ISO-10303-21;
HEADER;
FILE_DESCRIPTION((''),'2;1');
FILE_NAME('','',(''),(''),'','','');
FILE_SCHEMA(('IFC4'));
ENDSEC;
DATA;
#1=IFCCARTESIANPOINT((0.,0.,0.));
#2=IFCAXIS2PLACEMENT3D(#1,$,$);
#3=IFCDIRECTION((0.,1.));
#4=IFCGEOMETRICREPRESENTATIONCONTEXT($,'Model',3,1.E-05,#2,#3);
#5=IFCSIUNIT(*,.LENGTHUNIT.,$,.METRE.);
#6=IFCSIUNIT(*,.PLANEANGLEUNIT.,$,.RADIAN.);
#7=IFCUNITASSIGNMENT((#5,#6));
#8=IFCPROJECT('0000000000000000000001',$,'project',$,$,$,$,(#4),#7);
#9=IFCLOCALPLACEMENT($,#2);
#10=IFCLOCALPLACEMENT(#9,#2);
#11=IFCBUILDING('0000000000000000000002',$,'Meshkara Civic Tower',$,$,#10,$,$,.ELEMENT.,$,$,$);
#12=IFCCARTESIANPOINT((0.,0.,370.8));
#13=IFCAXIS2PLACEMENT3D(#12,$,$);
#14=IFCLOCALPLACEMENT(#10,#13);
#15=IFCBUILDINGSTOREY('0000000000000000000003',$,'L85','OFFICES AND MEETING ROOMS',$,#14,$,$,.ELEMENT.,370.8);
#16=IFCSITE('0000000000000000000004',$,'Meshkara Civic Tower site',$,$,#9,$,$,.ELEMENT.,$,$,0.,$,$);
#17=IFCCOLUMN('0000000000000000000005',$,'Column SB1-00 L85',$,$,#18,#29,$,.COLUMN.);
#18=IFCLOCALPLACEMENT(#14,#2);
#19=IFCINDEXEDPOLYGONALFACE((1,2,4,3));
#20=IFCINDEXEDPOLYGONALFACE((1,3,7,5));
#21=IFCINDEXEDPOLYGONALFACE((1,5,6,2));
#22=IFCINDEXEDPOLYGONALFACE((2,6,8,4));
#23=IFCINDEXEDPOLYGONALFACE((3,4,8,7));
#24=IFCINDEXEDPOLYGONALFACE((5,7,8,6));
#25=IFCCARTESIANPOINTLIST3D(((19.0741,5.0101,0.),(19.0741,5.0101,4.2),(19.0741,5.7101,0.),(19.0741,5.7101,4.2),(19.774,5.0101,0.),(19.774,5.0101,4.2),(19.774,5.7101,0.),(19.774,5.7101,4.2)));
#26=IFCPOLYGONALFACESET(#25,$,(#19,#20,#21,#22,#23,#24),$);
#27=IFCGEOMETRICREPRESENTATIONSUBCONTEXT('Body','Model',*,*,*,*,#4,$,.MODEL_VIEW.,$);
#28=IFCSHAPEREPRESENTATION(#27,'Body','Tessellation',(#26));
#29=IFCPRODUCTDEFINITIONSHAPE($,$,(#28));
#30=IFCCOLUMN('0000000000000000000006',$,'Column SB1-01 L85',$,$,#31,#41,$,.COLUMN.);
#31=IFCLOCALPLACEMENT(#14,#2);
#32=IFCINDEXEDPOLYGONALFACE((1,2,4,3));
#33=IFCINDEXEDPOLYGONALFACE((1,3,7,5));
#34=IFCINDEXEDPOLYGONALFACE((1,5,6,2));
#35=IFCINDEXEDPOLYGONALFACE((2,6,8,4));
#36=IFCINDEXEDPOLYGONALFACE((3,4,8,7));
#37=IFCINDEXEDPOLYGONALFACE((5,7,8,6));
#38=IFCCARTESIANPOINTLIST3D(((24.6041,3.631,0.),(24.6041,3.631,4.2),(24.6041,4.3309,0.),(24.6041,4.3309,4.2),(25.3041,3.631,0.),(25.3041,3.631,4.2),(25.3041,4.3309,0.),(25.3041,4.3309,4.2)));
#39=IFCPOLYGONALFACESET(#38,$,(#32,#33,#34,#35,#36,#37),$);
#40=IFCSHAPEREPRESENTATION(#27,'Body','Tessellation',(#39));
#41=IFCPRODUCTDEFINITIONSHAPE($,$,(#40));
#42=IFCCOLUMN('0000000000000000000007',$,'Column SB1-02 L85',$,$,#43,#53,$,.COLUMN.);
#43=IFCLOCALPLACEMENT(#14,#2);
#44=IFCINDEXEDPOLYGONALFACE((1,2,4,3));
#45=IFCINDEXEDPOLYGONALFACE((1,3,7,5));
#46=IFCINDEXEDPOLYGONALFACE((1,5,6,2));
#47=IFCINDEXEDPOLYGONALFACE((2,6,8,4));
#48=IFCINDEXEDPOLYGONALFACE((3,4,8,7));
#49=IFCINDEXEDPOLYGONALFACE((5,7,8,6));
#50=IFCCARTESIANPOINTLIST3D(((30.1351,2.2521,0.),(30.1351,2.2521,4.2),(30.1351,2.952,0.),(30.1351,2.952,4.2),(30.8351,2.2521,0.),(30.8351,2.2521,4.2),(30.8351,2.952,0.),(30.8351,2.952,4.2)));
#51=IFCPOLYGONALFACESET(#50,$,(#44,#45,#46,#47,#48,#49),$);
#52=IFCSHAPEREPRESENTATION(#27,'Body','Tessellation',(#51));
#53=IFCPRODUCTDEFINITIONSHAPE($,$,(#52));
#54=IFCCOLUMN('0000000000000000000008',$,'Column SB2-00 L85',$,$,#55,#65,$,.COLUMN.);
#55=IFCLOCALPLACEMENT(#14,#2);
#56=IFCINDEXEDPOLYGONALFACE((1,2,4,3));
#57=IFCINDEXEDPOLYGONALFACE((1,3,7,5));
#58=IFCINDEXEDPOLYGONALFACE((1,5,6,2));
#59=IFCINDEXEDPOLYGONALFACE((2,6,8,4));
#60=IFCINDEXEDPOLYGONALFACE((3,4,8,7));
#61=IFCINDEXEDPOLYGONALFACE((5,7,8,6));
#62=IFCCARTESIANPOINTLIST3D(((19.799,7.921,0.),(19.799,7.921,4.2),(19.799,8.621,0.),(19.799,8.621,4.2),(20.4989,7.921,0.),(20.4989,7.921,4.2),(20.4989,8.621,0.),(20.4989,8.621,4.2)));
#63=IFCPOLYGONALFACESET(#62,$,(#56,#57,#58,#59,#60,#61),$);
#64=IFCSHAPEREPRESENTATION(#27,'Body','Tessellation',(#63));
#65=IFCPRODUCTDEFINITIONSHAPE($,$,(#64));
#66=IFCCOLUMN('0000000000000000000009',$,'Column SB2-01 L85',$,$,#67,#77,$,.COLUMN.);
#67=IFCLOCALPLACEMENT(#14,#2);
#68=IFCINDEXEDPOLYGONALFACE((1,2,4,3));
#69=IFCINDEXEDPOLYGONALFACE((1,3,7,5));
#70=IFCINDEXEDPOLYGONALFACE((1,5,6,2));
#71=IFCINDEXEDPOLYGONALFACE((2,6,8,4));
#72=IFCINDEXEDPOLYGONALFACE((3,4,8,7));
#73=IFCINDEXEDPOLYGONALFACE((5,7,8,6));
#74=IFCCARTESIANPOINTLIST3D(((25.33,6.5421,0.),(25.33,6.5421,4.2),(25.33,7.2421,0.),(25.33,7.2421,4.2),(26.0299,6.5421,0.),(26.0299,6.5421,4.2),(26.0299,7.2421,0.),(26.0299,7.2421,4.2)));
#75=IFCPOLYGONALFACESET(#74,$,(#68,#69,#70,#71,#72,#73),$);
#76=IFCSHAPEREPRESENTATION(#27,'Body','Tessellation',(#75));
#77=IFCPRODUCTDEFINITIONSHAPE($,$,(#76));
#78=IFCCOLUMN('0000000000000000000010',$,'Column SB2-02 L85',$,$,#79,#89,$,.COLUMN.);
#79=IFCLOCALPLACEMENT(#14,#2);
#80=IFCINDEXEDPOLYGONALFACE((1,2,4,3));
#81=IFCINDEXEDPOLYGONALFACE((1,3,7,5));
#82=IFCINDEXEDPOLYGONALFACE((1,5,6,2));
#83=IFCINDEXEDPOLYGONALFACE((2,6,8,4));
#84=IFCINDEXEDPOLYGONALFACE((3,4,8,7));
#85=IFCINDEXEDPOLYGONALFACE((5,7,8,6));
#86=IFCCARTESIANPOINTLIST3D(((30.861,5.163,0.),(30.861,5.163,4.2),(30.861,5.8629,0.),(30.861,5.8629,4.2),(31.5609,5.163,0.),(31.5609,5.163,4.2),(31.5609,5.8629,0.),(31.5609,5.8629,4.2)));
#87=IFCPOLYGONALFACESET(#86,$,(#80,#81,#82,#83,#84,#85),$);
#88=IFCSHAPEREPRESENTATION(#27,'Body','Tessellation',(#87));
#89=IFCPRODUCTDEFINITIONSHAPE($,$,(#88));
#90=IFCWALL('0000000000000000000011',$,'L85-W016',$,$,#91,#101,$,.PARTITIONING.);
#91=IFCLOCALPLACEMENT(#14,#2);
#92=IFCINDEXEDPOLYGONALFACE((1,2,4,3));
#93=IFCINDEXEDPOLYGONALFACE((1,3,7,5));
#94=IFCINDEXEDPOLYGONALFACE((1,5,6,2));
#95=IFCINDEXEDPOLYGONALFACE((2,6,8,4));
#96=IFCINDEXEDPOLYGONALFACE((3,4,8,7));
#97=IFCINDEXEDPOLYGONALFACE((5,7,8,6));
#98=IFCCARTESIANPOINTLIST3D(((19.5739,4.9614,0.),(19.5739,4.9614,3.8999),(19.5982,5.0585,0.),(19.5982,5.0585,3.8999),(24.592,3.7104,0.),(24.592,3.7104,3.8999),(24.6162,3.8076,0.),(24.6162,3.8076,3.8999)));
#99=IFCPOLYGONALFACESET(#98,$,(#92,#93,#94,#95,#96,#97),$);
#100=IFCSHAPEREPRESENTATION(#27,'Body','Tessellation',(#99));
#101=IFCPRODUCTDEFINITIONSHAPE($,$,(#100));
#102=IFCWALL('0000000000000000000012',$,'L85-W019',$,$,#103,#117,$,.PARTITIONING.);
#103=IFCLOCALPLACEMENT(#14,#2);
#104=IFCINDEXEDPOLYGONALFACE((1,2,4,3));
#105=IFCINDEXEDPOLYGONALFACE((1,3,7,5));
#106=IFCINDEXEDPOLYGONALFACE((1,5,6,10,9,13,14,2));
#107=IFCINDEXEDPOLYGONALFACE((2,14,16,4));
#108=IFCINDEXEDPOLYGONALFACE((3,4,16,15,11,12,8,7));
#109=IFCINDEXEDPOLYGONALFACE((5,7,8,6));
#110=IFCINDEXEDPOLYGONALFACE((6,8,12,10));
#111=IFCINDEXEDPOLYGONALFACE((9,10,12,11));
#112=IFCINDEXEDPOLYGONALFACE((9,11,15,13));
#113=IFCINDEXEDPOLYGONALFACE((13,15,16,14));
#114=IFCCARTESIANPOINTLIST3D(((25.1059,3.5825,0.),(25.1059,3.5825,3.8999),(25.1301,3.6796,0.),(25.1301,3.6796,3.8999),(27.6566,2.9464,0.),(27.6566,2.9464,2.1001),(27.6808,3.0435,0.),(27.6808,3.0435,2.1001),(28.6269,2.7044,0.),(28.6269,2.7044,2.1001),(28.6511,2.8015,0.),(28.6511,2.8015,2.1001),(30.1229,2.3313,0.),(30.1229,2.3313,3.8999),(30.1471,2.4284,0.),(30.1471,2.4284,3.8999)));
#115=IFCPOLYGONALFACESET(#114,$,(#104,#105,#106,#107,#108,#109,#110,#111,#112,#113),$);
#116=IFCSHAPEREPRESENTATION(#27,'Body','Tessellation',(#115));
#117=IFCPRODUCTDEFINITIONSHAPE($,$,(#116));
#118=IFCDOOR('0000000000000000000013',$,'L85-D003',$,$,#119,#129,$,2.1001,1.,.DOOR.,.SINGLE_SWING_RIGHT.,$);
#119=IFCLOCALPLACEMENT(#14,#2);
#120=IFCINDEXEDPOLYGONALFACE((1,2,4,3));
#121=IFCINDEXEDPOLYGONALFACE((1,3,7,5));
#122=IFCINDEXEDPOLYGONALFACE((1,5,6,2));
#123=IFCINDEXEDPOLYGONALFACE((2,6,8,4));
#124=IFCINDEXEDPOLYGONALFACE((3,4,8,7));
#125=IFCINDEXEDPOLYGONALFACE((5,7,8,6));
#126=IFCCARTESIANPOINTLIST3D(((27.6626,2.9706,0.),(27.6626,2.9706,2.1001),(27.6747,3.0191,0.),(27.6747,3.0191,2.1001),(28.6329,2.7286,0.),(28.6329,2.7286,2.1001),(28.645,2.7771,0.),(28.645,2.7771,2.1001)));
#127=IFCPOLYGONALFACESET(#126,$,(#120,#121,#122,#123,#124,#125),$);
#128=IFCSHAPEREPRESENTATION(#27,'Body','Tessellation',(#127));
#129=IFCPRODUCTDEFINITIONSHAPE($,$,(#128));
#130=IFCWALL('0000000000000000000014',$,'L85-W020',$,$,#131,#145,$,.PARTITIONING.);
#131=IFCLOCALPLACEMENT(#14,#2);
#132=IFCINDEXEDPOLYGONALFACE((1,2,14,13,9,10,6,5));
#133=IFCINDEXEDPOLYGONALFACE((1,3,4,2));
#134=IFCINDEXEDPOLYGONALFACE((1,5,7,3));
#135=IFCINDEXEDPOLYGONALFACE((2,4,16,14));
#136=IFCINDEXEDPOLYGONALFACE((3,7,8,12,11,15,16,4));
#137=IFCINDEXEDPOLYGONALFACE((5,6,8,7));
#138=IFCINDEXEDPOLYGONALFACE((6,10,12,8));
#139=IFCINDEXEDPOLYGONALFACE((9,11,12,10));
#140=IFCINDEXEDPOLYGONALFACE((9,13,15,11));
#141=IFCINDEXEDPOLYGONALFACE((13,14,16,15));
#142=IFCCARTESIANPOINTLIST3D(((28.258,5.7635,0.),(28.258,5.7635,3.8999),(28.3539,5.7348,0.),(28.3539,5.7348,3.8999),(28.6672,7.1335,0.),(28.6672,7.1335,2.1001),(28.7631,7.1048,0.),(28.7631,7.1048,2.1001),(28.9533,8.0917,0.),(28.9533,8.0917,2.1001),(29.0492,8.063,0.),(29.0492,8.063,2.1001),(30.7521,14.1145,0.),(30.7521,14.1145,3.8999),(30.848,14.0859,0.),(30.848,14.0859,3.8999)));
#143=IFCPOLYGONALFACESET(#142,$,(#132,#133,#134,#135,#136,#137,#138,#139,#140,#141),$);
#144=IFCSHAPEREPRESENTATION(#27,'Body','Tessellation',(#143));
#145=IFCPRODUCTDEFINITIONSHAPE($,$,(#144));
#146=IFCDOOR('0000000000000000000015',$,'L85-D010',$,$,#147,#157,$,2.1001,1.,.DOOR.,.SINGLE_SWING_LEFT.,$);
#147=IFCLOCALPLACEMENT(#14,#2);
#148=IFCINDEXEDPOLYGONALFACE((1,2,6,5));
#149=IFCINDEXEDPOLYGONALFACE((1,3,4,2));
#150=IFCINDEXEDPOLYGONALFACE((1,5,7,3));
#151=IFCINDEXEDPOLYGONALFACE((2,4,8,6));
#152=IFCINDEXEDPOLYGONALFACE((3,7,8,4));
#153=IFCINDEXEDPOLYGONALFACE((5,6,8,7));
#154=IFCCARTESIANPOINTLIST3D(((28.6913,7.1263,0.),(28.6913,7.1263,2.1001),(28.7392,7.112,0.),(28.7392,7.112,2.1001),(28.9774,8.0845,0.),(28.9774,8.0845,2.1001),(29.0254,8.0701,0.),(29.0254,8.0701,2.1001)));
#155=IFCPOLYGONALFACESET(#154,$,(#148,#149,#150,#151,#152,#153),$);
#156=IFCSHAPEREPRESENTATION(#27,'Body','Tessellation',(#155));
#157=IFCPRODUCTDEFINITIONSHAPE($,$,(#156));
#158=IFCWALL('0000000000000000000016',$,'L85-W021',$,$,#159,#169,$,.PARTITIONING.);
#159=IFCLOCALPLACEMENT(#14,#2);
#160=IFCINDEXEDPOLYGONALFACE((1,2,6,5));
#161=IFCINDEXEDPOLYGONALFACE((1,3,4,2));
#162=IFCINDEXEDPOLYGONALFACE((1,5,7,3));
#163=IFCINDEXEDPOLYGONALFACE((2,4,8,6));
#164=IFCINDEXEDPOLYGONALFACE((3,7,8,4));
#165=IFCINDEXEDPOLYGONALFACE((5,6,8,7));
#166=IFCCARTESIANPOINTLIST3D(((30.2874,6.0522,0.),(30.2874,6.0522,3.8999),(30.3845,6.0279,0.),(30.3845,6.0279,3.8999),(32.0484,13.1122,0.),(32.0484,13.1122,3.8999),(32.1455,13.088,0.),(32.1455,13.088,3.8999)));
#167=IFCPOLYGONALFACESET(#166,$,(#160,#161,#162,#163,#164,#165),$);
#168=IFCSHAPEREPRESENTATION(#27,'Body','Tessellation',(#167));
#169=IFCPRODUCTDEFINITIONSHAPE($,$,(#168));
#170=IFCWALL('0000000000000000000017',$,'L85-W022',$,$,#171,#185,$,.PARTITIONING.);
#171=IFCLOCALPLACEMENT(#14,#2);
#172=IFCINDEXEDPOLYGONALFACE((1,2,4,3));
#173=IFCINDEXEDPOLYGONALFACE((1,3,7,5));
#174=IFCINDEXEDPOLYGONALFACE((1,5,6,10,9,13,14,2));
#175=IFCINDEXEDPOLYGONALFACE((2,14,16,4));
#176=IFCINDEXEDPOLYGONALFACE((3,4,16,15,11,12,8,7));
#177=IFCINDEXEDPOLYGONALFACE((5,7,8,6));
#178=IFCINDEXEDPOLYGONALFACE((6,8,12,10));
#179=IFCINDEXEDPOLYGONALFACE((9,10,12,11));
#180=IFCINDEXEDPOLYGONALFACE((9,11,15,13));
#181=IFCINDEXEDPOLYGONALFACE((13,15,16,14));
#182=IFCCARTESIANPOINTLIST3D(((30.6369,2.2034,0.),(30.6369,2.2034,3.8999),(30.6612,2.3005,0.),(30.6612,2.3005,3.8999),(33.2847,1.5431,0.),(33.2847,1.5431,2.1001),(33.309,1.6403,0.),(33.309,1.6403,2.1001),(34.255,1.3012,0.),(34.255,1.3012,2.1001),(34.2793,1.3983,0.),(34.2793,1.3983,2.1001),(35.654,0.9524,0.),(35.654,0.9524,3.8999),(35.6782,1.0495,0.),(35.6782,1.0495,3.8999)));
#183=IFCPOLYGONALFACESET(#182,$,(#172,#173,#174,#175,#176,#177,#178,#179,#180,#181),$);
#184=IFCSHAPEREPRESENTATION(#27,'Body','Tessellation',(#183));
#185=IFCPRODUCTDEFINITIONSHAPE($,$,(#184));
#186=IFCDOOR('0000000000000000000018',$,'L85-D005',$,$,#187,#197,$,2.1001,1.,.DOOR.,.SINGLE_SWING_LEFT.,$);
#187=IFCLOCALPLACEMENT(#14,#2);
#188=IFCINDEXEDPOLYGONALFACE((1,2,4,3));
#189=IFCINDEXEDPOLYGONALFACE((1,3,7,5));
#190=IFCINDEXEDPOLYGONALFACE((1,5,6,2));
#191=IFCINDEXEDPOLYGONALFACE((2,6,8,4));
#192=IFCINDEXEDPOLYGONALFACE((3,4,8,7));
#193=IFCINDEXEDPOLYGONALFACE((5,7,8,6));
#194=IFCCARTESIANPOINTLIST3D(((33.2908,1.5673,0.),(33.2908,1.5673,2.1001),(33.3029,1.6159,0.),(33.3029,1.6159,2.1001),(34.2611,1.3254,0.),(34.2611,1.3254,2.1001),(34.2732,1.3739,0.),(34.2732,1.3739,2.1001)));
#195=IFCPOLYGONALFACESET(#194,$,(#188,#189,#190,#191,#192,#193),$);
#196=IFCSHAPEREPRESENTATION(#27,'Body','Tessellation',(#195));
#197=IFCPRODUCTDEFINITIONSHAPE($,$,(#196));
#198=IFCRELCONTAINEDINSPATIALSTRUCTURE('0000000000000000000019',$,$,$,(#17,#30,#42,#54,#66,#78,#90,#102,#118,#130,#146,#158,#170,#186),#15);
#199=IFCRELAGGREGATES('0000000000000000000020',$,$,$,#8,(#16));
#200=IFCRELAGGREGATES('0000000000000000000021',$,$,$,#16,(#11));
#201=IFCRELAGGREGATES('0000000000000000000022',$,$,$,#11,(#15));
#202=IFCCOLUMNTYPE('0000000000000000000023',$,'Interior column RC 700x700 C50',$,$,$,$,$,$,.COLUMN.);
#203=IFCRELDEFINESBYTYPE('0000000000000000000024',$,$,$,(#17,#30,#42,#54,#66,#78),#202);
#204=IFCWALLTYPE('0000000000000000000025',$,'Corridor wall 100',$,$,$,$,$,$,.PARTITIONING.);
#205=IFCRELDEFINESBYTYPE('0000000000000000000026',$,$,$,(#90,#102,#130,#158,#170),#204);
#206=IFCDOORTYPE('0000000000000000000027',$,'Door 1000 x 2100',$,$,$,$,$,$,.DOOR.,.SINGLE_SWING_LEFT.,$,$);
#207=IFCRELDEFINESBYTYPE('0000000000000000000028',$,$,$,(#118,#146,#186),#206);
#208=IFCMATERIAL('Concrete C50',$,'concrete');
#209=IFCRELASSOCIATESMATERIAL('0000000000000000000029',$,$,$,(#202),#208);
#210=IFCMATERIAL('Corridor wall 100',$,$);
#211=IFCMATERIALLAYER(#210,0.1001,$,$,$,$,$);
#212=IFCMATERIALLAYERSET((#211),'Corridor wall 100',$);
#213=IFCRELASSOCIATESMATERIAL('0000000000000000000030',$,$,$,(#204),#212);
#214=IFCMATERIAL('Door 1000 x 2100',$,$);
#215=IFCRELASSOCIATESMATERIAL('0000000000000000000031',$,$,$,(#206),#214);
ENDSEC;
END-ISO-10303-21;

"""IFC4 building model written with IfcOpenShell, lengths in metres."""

from ifc_helpers import new_model, si_unit, direction, frame, frame_2d, origin, origin_2d, place, context, subcontext, project, spatial, rectangle, extrude, material, layer, layer_set, material_profile, profile_set, type_object, element, fill, save


model = new_model("IFC4")

# Units and contexts
model_context = context("Model", 3, precision=1e-05, world=origin(), true_north=direction((0.0, 1.0)))
body_context = subcontext(model_context, "Body", "Model", "MODEL_VIEW")
ifc_project = project(units=[si_unit("LENGTHUNIT", "METRE"), si_unit("PLANEANGLEUNIT", "RADIAN")], contexts=[model_context])

# Site, building, storey
site_placement = place(None, origin())
site = spatial("IfcSite", under=ifc_project, at=site_placement, Name="Meshkara Civic Tower site", CompositionType="ELEMENT", RefElevation=0.0)
building_placement = place(site_placement, origin())
building = spatial("IfcBuilding", under=site, at=building_placement, Name="Meshkara Civic Tower", CompositionType="ELEMENT")
storey_placement = place(building_placement, frame((0.0, 0.0, 370.8)))
storey = spatial("IfcBuildingStorey", under=building, at=storey_placement, Name="L85", Description="OFFICES AND MEETING ROOMS", CompositionType="ELEMENT", Elevation=370.8)

# Columns
ifc_material_1 = material(Name="Concrete C50", Category="concrete")
ifc_material_profile = material_profile(ifc_material_1, rectangle(XDim=0.7, YDim=0.7, at=origin_2d()))
ifc_profile_set = profile_set([ifc_material_profile], Name="Concrete C50")
column_type = type_object("IfcColumnType", Name="Interior column RC 700x700 C50", PredefinedType="COLUMN", material=ifc_profile_set)
for number, where, z_axis, x_axis, name in (
    (1, (19.4241, 5.3601, 0.0), (0.0, 0.0, 1.0), (1.0, 0.0, 0.0), "Column SB1-00 L85"),
    (2, (24.9541, 3.981, 0.0), (0.0, 0.0, 1.0), (1.0, 0.0, 0.0), "Column SB1-01 L85"),
    (3, (30.4851, 2.6021, 0.0), (0.0, 0.0, 1.0), (1.0, 0.0, 0.0), "Column SB1-02 L85"),
    (4, (20.1489, 8.271, 0.0), (0.0, 0.0, 1.0), (1.0, 0.0, 0.0), "Column SB2-00 L85"),
    (5, (25.6799, 6.8921, 0.0), (0.0, 0.0, 1.0), (1.0, 0.0, 0.0), "Column SB2-01 L85"),
    (6, (31.2109, 5.5129, 0.0), (0.0, 0.0, 1.0), (1.0, 0.0, 0.0), "Column SB2-02 L85"),
):
    element("IfcColumn", number, at=place(storey_placement, frame(where, z_axis=z_axis, x_axis=x_axis)), inside=storey, type_object=column_type, Name=name, PredefinedType="COLUMN", context=body_context, shape_type="SweptSolid", body=[
        extrude(rectangle(XDim=0.7, YDim=0.7, at=origin_2d()), origin(), (0.0, 0.0, 1.0), 4.2),
    ])

# Wall
ifc_material_2 = material(Name="Corridor wall 100")
ifc_layer_1 = layer(ifc_material_2, 0.1001)
ifc_layer_set_1 = layer_set([ifc_layer_1], Name="Corridor wall 100")
wall_type_1 = type_object("IfcWallType", Name="Corridor wall 100", PredefinedType="PARTITIONING", material=ifc_layer_set_1)
wall_1_placement = place(storey_placement, frame((19.5859, 5.01, 0.0), z_axis=(0.0, 0.0, 1.0), x_axis=(0.970303, -0.241891, 0.0)))
element("IfcWall", 7, at=wall_1_placement, inside=storey, type_object=wall_type_1, Name="L85-W016", PredefinedType="PARTITIONING", context=body_context, shape_type="SweptSolid", body=[
    extrude(rectangle(XDim=5.1716, YDim=0.1001, at=frame_2d((2.5859, 0.0))), origin(), (0.0, 0.0, 1.0), 3.8999),
])

# Walls, openings, doors
wall_2_placement = place(storey_placement, frame((25.1179, 3.6311, 0.0), z_axis=(0.0, 0.0, 1.0), x_axis=(0.970281, -0.24198, 0.0)))
wall_2 = element("IfcWall", 8, at=wall_2_placement, inside=storey, type_object=wall_type_1, Name="L85-W019", PredefinedType="PARTITIONING", context=body_context, shape_type="SweptSolid", body=[
    extrude(rectangle(XDim=5.1707, YDim=0.1001, at=frame_2d((2.5854, 0.0))), origin(), (0.0, 0.0, 1.0), 3.8999),
])
opening_1_placement = place(wall_2_placement, frame((2.6289, 0.0, 0.0)))
opening_1 = element("IfcOpeningElement", 9, at=opening_1_placement, cuts=wall_2, PredefinedType="OPENING", context=body_context, shape_type="SweptSolid", body=[
    extrude(rectangle(XDim=1.0, YDim=2.1001, at=frame_2d((0.5, 1.05))), frame((0.0, 0.0601, 0.0), z_axis=(0.0, -1.0, 0.0), x_axis=(1.0, 0.0, 0.0)), (0.0, 0.0, 1.0), 0.1201),
])
ifc_material_3 = material(Name="Door 1000 x 2100")
door_type = type_object("IfcDoorType", Name="Door 1000 x 2100", OperationType="SINGLE_SWING_LEFT", PredefinedType="DOOR", material=ifc_material_3)
door_1_placement = place(opening_1_placement, origin())
door_1 = element("IfcDoor", 10, at=door_1_placement, inside=storey, type_object=door_type, Name="L85-D003", OperationType="SINGLE_SWING_RIGHT", OverallHeight=2.1001, OverallWidth=1.0, PredefinedType="DOOR", context=body_context, shape_type="SweptSolid", body=[
    extrude(rectangle(XDim=1.0, YDim=2.1001, at=frame_2d((0.5, 1.05))), frame((0.0, 0.0249, 0.0), z_axis=(0.0, -1.0, 0.0), x_axis=(1.0, 0.0, 0.0)), (0.0, 0.0, 1.0), 0.05),
])
fill(opening_1, door_1)
wall_3_placement = place(storey_placement, frame((28.3059, 5.749, 0.0), z_axis=(0.0, 0.0, 1.0), x_axis=(0.286171, 0.958179, 0.0)))
wall_3 = element("IfcWall", 11, at=wall_3_placement, inside=storey, type_object=wall_type_1, Name="L85-W020", PredefinedType="PARTITIONING", context=body_context, shape_type="SweptSolid", body=[
    extrude(rectangle(XDim=8.7156, YDim=0.1001, at=frame_2d((4.3579, 0.0))), origin(), (0.0, 0.0, 1.0), 3.8999),
])
opening_2_placement = place(wall_3_placement, frame((1.4299, 0.0, 0.0)))
opening_2 = element("IfcOpeningElement", 12, at=opening_2_placement, cuts=wall_3, PredefinedType="OPENING", context=body_context, shape_type="SweptSolid", body=[
    extrude(rectangle(XDim=1.0, YDim=2.1001, at=frame_2d((0.5, 1.05))), frame((0.0, 0.0601, 0.0), z_axis=(0.0, -1.0, 0.0), x_axis=(1.0, 0.0, 0.0)), (0.0, 0.0, 1.0), 0.1201),
])
door_2_placement = place(opening_2_placement, origin())
door_2 = element("IfcDoor", 13, at=door_2_placement, inside=storey, type_object=door_type, Name="L85-D010", OperationType="SINGLE_SWING_LEFT", OverallHeight=2.1001, OverallWidth=1.0, PredefinedType="DOOR", context=body_context, shape_type="SweptSolid", body=[
    extrude(rectangle(XDim=1.0, YDim=2.1001, at=frame_2d((0.5, 1.05))), frame((0.0, 0.0249, 0.0), z_axis=(0.0, -1.0, 0.0), x_axis=(1.0, 0.0, 0.0)), (0.0, 0.0, 1.0), 0.05),
])
fill(opening_2, door_2)

# Wall
wall_4_placement = place(storey_placement, frame((30.3359, 6.04, 0.0), z_axis=(0.0, 0.0, 1.0), x_axis=(0.242015, 0.970273, 0.0)))
element("IfcWall", 14, at=wall_4_placement, inside=storey, type_object=wall_type_1, Name="L85-W021", PredefinedType="PARTITIONING", context=body_context, shape_type="SweptSolid", body=[
    extrude(rectangle(XDim=7.2764, YDim=0.1001, at=frame_2d((3.6382, 0.0))), origin(), (0.0, 0.0, 1.0), 3.8999),
])

# Wall, opening, door
wall_5_placement = place(storey_placement, frame((30.6489, 2.252, 0.0), z_axis=(0.0, 0.0, 1.0), x_axis=(0.970292, -0.241936, 0.0)))
wall_5 = element("IfcWall", 15, at=wall_5_placement, inside=storey, type_object=wall_type_1, Name="L85-W022", PredefinedType="PARTITIONING", context=body_context, shape_type="SweptSolid", body=[
    extrude(rectangle(XDim=5.1707, YDim=0.1001, at=frame_2d((2.5854, 0.0))), origin(), (0.0, 0.0, 1.0), 3.8999),
])
opening_3_placement = place(wall_5_placement, frame((2.729, 0.0, 0.0)))
opening_3 = element("IfcOpeningElement", 16, at=opening_3_placement, cuts=wall_5, PredefinedType="OPENING", context=body_context, shape_type="SweptSolid", body=[
    extrude(rectangle(XDim=1.0, YDim=2.1001, at=frame_2d((0.5, 1.05))), frame((0.0, 0.0601, 0.0), z_axis=(0.0, -1.0, 0.0), x_axis=(1.0, 0.0, 0.0)), (0.0, 0.0, 1.0), 0.1201),
])
door_3_placement = place(opening_3_placement, origin())
door_3 = element("IfcDoor", 17, at=door_3_placement, inside=storey, type_object=door_type, Name="L85-D005", OperationType="SINGLE_SWING_LEFT", OverallHeight=2.1001, OverallWidth=1.0, PredefinedType="DOOR", context=body_context, shape_type="SweptSolid", body=[
    extrude(rectangle(XDim=1.0, YDim=2.1001, at=frame_2d((0.5, 1.05))), frame((0.0, 0.0249, 0.0), z_axis=(0.0, -1.0, 0.0), x_axis=(1.0, 0.0, 0.0)), (0.0, 0.0, 1.0), 0.05),
])
fill(opening_3, door_3)

save(model, "model.ifc")
